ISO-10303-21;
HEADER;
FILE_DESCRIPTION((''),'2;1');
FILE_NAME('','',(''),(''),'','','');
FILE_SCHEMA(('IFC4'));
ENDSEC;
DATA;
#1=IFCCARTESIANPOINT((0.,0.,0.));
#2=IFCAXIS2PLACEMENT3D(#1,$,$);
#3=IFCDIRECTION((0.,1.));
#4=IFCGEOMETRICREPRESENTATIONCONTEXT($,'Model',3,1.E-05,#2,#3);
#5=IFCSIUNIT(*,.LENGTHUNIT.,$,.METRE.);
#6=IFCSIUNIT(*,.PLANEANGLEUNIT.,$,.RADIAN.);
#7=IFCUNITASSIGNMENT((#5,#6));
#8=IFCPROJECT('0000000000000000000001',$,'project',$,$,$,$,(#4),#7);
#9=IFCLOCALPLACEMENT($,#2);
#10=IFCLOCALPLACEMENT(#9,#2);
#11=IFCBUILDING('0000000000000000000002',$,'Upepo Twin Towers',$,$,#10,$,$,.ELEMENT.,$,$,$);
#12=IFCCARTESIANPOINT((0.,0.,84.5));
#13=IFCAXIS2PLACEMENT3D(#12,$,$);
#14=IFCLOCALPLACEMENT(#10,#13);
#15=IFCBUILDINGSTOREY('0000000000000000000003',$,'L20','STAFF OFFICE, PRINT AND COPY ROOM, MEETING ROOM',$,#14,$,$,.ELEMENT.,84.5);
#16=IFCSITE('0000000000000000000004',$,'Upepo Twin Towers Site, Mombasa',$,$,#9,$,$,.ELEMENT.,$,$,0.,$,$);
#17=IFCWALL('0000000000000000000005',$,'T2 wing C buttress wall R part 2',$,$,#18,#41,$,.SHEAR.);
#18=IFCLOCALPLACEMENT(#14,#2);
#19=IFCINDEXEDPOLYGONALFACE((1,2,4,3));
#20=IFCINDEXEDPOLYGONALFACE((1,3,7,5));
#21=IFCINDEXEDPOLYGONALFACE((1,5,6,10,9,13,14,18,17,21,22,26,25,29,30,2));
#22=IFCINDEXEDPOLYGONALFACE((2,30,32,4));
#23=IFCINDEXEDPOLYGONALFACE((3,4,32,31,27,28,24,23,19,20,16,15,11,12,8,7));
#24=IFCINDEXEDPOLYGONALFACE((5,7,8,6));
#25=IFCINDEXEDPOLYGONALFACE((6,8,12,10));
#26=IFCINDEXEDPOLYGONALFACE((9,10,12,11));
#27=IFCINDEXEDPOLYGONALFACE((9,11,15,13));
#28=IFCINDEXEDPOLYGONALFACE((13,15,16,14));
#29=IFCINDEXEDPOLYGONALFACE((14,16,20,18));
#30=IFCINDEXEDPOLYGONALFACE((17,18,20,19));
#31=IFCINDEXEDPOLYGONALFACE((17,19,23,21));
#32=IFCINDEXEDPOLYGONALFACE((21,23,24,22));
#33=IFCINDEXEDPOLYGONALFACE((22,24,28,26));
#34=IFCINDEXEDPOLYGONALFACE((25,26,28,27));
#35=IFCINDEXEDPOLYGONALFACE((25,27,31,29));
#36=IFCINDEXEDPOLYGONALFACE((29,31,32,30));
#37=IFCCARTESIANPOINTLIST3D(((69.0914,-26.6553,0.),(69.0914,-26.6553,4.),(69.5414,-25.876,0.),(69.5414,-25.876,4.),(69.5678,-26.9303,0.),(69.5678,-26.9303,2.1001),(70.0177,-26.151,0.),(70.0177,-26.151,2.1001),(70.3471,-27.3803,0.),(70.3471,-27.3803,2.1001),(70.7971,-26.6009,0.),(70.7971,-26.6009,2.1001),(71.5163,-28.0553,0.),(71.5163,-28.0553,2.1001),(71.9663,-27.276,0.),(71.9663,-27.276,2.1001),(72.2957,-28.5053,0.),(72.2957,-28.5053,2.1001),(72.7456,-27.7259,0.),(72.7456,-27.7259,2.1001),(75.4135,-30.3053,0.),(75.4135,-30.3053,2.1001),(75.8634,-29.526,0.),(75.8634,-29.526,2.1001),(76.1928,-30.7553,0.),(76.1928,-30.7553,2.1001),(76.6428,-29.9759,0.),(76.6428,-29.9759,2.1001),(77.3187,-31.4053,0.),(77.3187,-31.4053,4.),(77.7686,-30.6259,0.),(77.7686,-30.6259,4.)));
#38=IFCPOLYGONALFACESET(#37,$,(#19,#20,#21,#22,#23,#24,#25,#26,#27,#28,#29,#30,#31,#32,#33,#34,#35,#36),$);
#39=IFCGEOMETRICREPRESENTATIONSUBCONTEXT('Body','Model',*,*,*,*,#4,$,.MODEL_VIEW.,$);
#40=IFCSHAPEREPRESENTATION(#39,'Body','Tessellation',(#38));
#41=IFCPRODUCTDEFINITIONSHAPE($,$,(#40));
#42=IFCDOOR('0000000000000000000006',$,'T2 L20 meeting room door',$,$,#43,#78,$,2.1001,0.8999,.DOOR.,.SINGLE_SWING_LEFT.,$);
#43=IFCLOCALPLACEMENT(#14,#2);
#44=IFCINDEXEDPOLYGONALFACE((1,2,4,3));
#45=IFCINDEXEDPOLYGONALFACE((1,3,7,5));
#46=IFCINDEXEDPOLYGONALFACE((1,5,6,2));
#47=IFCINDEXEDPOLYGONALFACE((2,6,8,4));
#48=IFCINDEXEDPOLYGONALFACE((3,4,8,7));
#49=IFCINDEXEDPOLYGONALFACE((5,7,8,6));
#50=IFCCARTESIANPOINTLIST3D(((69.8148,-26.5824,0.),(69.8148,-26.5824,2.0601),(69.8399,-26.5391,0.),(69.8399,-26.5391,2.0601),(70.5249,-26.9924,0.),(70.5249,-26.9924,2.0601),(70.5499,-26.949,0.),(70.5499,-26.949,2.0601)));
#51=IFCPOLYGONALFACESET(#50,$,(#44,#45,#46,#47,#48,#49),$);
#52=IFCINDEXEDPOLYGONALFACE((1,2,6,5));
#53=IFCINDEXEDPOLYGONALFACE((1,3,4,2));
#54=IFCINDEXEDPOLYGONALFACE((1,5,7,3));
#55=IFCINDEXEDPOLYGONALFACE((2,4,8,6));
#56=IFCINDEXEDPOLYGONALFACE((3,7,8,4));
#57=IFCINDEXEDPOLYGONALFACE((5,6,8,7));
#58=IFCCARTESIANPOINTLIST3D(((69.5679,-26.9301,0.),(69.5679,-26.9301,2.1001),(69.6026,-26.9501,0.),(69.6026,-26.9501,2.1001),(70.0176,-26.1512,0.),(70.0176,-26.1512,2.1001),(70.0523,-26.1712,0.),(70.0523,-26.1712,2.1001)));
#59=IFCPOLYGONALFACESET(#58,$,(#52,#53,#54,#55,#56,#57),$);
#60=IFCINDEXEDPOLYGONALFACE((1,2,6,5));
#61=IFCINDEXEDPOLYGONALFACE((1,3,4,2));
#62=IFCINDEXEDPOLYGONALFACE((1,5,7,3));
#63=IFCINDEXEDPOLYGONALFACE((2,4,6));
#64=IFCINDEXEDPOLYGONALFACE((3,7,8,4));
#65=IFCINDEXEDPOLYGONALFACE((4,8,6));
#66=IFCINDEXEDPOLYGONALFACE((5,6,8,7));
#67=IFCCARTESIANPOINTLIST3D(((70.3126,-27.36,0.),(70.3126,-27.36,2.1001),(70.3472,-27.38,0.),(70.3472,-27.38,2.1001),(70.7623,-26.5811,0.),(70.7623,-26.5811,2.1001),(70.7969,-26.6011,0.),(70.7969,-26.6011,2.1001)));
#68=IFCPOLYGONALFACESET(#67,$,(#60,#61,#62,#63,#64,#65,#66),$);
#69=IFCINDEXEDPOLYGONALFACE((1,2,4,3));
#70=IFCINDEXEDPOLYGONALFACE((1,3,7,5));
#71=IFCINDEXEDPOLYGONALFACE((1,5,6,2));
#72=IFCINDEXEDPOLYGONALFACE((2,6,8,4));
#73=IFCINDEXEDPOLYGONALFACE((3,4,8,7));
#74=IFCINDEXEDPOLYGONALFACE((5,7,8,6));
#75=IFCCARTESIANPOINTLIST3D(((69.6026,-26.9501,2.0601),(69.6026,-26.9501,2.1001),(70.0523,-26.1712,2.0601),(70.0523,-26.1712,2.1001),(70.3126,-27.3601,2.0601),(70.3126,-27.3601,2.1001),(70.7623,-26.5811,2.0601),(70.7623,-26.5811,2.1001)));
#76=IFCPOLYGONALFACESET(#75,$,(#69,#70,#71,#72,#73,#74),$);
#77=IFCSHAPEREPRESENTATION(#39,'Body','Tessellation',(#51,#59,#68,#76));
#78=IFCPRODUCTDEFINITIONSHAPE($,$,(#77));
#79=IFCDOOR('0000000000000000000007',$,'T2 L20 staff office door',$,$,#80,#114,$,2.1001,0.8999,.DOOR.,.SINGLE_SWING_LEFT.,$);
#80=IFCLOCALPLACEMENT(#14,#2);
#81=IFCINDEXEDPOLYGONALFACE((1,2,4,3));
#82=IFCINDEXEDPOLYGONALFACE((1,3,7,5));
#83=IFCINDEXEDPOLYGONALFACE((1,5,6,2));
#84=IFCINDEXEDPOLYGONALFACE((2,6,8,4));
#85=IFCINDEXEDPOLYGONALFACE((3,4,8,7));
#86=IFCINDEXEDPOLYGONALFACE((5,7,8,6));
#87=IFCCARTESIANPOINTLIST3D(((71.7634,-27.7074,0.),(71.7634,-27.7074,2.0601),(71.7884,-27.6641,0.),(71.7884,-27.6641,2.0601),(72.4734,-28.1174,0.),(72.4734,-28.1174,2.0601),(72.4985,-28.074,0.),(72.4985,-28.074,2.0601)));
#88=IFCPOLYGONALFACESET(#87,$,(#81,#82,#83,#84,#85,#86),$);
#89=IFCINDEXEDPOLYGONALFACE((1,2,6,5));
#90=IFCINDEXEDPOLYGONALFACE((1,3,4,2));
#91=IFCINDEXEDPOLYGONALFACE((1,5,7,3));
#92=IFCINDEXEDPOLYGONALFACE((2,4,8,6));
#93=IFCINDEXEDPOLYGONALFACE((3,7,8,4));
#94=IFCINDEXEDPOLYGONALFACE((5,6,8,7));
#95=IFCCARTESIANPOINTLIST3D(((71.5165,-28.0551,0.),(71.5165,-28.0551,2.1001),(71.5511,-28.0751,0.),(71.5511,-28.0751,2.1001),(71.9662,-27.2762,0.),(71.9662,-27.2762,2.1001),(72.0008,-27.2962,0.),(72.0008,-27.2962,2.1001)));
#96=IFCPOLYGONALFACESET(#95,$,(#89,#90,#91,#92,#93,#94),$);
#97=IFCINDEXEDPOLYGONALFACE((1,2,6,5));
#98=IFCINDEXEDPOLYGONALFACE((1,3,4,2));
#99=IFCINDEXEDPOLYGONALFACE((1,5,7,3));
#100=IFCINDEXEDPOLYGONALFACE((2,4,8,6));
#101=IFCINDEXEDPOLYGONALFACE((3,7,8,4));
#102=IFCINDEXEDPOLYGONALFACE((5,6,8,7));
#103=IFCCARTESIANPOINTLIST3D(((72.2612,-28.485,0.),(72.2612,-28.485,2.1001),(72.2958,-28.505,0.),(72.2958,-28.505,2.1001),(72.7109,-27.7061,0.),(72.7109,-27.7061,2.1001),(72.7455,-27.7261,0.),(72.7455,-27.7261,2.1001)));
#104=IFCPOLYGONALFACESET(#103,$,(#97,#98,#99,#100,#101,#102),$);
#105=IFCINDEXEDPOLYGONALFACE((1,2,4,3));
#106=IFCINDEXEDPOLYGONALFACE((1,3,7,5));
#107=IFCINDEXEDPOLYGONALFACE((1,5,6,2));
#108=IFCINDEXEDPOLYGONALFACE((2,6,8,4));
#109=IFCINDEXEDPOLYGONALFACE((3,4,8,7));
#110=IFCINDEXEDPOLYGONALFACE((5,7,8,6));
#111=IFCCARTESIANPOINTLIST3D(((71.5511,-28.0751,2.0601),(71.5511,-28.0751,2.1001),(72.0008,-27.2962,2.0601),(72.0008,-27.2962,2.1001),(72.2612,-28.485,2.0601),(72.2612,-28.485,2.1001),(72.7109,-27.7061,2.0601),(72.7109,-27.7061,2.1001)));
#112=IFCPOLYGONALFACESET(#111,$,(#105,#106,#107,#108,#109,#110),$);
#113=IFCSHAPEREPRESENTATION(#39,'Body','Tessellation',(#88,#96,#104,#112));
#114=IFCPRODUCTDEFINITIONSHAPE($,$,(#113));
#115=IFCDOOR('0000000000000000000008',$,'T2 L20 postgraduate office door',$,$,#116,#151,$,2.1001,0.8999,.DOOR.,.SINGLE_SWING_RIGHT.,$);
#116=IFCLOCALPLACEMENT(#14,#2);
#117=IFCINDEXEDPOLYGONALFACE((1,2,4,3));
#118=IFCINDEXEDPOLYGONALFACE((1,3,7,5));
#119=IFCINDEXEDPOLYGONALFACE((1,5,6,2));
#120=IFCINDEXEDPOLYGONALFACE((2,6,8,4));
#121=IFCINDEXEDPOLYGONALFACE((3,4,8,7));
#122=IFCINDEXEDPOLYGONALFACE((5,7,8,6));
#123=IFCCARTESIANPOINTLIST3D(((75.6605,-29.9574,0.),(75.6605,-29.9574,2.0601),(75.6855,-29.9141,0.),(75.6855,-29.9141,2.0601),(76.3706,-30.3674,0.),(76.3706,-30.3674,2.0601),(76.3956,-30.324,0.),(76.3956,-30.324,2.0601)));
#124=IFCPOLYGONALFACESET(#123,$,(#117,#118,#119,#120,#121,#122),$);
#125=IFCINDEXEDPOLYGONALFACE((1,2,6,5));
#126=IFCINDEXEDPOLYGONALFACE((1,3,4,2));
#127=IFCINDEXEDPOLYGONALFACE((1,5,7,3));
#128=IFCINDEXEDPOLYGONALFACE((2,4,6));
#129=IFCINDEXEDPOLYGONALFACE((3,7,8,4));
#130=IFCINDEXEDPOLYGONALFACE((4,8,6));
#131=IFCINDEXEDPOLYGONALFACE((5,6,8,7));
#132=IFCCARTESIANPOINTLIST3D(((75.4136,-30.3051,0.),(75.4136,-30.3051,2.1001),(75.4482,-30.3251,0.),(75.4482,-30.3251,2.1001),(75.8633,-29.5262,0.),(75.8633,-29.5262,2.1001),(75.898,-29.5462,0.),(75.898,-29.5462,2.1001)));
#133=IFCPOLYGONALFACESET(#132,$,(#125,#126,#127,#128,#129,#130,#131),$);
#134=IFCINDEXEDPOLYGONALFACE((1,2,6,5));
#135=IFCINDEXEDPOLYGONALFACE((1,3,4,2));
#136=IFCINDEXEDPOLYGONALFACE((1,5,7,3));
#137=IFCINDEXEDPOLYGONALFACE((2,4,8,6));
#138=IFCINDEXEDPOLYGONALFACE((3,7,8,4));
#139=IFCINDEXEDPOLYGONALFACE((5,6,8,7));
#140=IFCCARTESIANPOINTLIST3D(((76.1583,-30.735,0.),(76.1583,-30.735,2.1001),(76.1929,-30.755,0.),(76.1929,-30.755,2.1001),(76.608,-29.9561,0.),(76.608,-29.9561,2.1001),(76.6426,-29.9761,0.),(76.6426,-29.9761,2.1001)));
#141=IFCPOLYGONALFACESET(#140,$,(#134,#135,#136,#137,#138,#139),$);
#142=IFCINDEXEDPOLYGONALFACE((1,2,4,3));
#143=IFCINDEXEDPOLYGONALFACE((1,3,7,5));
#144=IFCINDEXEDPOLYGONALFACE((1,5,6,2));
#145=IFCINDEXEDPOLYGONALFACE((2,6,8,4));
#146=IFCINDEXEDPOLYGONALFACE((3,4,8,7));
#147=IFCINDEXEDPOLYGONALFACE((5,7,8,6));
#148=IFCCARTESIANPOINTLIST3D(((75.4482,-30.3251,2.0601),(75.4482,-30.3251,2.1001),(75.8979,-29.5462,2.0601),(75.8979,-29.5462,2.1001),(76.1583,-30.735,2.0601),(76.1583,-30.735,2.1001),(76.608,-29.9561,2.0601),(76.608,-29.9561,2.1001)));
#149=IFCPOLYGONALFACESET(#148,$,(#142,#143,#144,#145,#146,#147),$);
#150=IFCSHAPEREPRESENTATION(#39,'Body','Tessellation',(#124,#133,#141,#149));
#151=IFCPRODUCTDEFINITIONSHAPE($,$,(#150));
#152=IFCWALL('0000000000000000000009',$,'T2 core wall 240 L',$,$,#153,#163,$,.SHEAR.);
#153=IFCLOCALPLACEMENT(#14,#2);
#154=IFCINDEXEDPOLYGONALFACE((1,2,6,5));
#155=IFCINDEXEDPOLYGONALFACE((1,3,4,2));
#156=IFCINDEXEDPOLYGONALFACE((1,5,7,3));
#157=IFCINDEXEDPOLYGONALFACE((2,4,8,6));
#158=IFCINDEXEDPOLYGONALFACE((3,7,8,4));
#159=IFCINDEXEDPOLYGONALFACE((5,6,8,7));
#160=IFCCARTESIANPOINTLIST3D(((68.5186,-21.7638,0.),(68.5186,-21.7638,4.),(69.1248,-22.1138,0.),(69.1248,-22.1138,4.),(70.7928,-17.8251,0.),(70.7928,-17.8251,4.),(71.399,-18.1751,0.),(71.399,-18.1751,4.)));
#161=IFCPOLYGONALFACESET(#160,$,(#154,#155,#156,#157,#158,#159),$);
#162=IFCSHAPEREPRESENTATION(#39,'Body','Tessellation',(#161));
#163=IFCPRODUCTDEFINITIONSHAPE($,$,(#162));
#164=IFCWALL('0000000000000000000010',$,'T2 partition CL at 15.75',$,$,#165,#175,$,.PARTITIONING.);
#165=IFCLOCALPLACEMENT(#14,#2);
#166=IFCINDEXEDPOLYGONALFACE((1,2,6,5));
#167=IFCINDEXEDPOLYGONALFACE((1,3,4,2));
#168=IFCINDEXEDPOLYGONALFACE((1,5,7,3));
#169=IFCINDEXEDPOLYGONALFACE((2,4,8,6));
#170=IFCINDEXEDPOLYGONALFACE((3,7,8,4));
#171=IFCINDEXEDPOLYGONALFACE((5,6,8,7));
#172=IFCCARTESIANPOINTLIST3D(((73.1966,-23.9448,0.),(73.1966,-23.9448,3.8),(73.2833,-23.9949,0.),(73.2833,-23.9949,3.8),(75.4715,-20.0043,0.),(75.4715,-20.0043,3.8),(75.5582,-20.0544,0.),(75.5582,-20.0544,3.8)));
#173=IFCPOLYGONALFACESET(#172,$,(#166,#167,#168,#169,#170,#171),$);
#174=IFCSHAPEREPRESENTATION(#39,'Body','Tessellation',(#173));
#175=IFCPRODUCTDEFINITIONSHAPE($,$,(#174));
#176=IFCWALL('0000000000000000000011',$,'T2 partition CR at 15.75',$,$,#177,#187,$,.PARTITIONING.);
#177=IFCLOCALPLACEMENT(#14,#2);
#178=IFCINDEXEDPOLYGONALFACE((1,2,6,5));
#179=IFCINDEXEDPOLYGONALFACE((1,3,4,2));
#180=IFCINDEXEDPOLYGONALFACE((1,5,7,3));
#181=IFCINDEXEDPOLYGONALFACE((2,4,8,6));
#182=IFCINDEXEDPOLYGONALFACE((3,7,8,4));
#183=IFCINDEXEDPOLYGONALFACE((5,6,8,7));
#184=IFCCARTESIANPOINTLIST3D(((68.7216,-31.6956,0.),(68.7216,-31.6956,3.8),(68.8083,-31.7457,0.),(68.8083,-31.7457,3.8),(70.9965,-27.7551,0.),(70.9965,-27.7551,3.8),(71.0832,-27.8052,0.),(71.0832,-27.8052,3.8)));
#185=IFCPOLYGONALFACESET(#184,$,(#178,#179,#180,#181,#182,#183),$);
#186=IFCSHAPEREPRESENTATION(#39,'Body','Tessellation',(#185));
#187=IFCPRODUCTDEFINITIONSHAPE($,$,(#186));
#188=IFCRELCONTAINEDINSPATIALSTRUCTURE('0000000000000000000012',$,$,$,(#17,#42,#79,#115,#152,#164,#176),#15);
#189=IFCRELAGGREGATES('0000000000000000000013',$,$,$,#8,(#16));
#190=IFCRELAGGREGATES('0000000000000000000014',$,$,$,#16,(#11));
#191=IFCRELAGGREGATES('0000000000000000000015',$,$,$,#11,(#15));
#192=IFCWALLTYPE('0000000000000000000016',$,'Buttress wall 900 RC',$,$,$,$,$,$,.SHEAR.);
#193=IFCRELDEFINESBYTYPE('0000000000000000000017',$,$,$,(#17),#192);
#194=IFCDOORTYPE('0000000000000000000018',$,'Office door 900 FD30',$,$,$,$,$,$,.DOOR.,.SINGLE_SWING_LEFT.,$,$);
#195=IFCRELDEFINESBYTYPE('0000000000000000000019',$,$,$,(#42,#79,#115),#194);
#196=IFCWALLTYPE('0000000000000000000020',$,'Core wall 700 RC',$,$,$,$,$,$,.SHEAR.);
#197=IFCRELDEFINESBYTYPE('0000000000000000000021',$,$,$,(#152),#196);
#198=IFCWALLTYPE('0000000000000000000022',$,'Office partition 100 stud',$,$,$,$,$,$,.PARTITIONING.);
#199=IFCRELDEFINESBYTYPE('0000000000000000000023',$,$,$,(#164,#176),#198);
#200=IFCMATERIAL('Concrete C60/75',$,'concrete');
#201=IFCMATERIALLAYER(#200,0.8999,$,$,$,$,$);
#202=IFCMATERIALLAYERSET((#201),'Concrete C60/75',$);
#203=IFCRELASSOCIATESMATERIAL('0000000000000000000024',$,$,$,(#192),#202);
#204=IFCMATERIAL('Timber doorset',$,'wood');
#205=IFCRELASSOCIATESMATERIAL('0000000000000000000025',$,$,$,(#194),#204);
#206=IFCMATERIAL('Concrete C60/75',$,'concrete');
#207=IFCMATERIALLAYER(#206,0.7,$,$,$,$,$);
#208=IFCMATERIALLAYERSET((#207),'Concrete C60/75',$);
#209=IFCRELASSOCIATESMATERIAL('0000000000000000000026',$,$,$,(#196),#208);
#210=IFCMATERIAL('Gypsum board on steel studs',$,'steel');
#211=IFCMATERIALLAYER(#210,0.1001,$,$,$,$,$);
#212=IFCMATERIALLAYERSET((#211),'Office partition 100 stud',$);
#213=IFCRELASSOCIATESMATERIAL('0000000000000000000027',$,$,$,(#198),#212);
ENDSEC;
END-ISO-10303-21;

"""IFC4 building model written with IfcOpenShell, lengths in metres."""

from ifc_helpers import new_model, si_unit, direction, frame, frame_2d, origin, place, context, subcontext, project, spatial, rectangle, extrude, material, layer, layer_set, type_object, element, fill, save


model = new_model("IFC4")

# Units and contexts
model_context = context("Model", 3, precision=1e-05, world=origin(), true_north=direction((0.0, 1.0)))
body_context = subcontext(model_context, "Body", "Model", "MODEL_VIEW")
ifc_project = project(units=[si_unit("LENGTHUNIT", "METRE"), si_unit("PLANEANGLEUNIT", "RADIAN")], contexts=[model_context])

# Site, building, storey
site_placement = place(None, origin())
site = spatial("IfcSite", under=ifc_project, at=site_placement, Name="Upepo Twin Towers Site, Mombasa", CompositionType="ELEMENT", RefElevation=0.0)
building_placement = place(site_placement, origin())
building = spatial("IfcBuilding", under=site, at=building_placement, Name="Upepo Twin Towers", CompositionType="ELEMENT")
storey_placement = place(building_placement, frame((0.0, 0.0, 84.5)))
storey = spatial("IfcBuildingStorey", under=building, at=storey_placement, Name="L20", Description="STAFF OFFICE, PRINT AND COPY ROOM, MEETING ROOM", CompositionType="ELEMENT", Elevation=84.5)

# Wall, openings, doors
ifc_material_1 = material(Name="Concrete C60/75", Category="concrete")
ifc_layer_1 = layer(ifc_material_1, 0.8999)
ifc_layer_set_1 = layer_set([ifc_layer_1], Name="Concrete C60/75")
wall_type_1 = type_object("IfcWallType", Name="Buttress wall 900 RC", PredefinedType="SHEAR", material=ifc_layer_set_1)
ifc_material_2 = material(Name="Timber doorset", Category="wood")
door_type = type_object("IfcDoorType", Name="Office door 900 FD30", OperationType="SINGLE_SWING_LEFT", PredefinedType="DOOR", material=ifc_material_2)
wall_1_placement = place(storey_placement, frame((69.3164, -26.2656, 0.0), z_axis=(0.0, 0.0, 1.0), x_axis=(0.866027, -0.499998, 0.0)))
wall_1 = element("IfcWall", 1, at=wall_1_placement, inside=storey, type_object=wall_type_1, Name="T2 wing C buttress wall R part 2", PredefinedType="SHEAR", context=body_context, shape_type="SweptSolid", body=[
    extrude(rectangle(XDim=9.5, YDim=0.8999, at=frame_2d((4.75, 0.0))), origin(), (0.0, 0.0, 1.0), 4.0),
])
opening_1_placement = place(wall_1_placement, frame((0.55, 0.0, 0.0)))
opening_1 = element("IfcOpeningElement", 2, at=opening_1_placement, cuts=wall_1, PredefinedType="OPENING", context=body_context, shape_type="SweptSolid", body=[
    extrude(rectangle(XDim=0.8999, YDim=2.1001, at=frame_2d((0.45, 1.05))), frame((0.0, 0.46, 0.0), z_axis=(0.0, -1.0, 0.0), x_axis=(1.0, 0.0, 0.0)), (0.0, 0.0, 1.0), 0.9199),
])
opening_2_placement = place(wall_1_placement, frame((2.8, 0.0, 0.0)))
opening_2 = element("IfcOpeningElement", 3, at=opening_2_placement, cuts=wall_1, PredefinedType="OPENING", context=body_context, shape_type="SweptSolid", body=[
    extrude(rectangle(XDim=0.8999, YDim=2.1001, at=frame_2d((0.45, 1.05))), frame((0.0, 0.46, 0.0), z_axis=(0.0, -1.0, 0.0), x_axis=(1.0, 0.0, 0.0)), (0.0, 0.0, 1.0), 0.9199),
])
opening_3_placement = place(wall_1_placement, frame((7.3, 0.0, 0.0)))
opening_3 = element("IfcOpeningElement", 4, at=opening_3_placement, cuts=wall_1, PredefinedType="OPENING", context=body_context, shape_type="SweptSolid", body=[
    extrude(rectangle(XDim=0.8999, YDim=2.1001, at=frame_2d((0.45, 1.05))), frame((0.0, 0.46, 0.0), z_axis=(0.0, -1.0, 0.0), x_axis=(1.0, 0.0, 0.0)), (0.0, 0.0, 1.0), 0.9199),
])
door_1_placement = place(opening_1_placement, origin())
door_1 = element("IfcDoor", 5, at=door_1_placement, inside=storey, type_object=door_type, Name="T2 L20 meeting room door", OperationType="SINGLE_SWING_LEFT", OverallHeight=2.1001, OverallWidth=0.8999, PredefinedType="DOOR", context=body_context, shape_type="SweptSolid", body=[
    extrude(rectangle(XDim=0.8199, YDim=2.0601, at=frame_2d((0.45, 1.03))), frame((0.0, 0.0249, 0.0), z_axis=(0.0, -1.0, 0.0), x_axis=(1.0, 0.0, 0.0)), (0.0, 0.0, 1.0), 0.05),
    extrude(rectangle(XDim=0.04, YDim=2.1001, at=frame_2d((0.02, 1.05))), frame((0.0, 0.4497, 0.0), z_axis=(0.0, -1.0, 0.0), x_axis=(1.0, 0.0, 0.0)), (0.0, 0.0, 1.0), 0.8994),
    extrude(rectangle(XDim=0.04, YDim=2.1001, at=frame_2d((0.8799, 1.05))), frame((0.0, 0.4497, 0.0), z_axis=(0.0, -1.0, 0.0), x_axis=(1.0, 0.0, 0.0)), (0.0, 0.0, 1.0), 0.8994),
    extrude(rectangle(XDim=0.8199, YDim=0.04, at=frame_2d((0.45, 2.0801))), frame((0.0, 0.4497, 0.0), z_axis=(0.0, -1.0, 0.0), x_axis=(1.0, 0.0, 0.0)), (0.0, 0.0, 1.0), 0.8994),
])
fill(opening_1, door_1)
door_2_placement = place(opening_2_placement, origin())
door_2 = element("IfcDoor", 6, at=door_2_placement, inside=storey, type_object=door_type, Name="T2 L20 staff office door", OperationType="SINGLE_SWING_LEFT", OverallHeight=2.1001, OverallWidth=0.8999, PredefinedType="DOOR", context=body_context, shape_type="SweptSolid", body=[
    extrude(rectangle(XDim=0.8199, YDim=2.0601, at=frame_2d((0.45, 1.03))), frame((0.0, 0.0249, 0.0), z_axis=(0.0, -1.0, 0.0), x_axis=(1.0, 0.0, 0.0)), (0.0, 0.0, 1.0), 0.05),
    extrude(rectangle(XDim=0.04, YDim=2.1001, at=frame_2d((0.02, 1.05))), frame((0.0, 0.4497, 0.0), z_axis=(0.0, -1.0, 0.0), x_axis=(1.0, 0.0, 0.0)), (0.0, 0.0, 1.0), 0.8994),
    extrude(rectangle(XDim=0.04, YDim=2.1001, at=frame_2d((0.8799, 1.05))), frame((0.0, 0.4497, 0.0), z_axis=(0.0, -1.0, 0.0), x_axis=(1.0, 0.0, 0.0)), (0.0, 0.0, 1.0), 0.8994),
    extrude(rectangle(XDim=0.8199, YDim=0.04, at=frame_2d((0.45, 2.0801))), frame((0.0, 0.4497, 0.0), z_axis=(0.0, -1.0, 0.0), x_axis=(1.0, 0.0, 0.0)), (0.0, 0.0, 1.0), 0.8994),
])
fill(opening_2, door_2)
door_3_placement = place(opening_3_placement, origin())
door_3 = element("IfcDoor", 7, at=door_3_placement, inside=storey, type_object=door_type, Name="T2 L20 postgraduate office door", OperationType="SINGLE_SWING_RIGHT", OverallHeight=2.1001, OverallWidth=0.8999, PredefinedType="DOOR", context=body_context, shape_type="SweptSolid", body=[
    extrude(rectangle(XDim=0.8199, YDim=2.0601, at=frame_2d((0.45, 1.03))), frame((0.0, 0.0249, 0.0), z_axis=(0.0, -1.0, 0.0), x_axis=(1.0, 0.0, 0.0)), (0.0, 0.0, 1.0), 0.05),
    extrude(rectangle(XDim=0.04, YDim=2.1001, at=frame_2d((0.02, 1.05))), frame((0.0, 0.4497, 0.0), z_axis=(0.0, -1.0, 0.0), x_axis=(1.0, 0.0, 0.0)), (0.0, 0.0, 1.0), 0.8994),
    extrude(rectangle(XDim=0.04, YDim=2.1001, at=frame_2d((0.8799, 1.05))), frame((0.0, 0.4497, 0.0), z_axis=(0.0, -1.0, 0.0), x_axis=(1.0, 0.0, 0.0)), (0.0, 0.0, 1.0), 0.8994),
    extrude(rectangle(XDim=0.8199, YDim=0.04, at=frame_2d((0.45, 2.0801))), frame((0.0, 0.4497, 0.0), z_axis=(0.0, -1.0, 0.0), x_axis=(1.0, 0.0, 0.0)), (0.0, 0.0, 1.0), 0.8994),
])
fill(opening_3, door_3)

# Walls
ifc_material_3 = material(Name="Concrete C60/75", Category="concrete")
ifc_layer_2 = layer(ifc_material_3, 0.7)
ifc_layer_set_2 = layer_set([ifc_layer_2], Name="Concrete C60/75")
wall_type_2 = type_object("IfcWallType", Name="Core wall 700 RC", PredefinedType="SHEAR", material=ifc_layer_set_2)
wall_2_placement = place(storey_placement, frame((68.8218, -21.9387, 0.0), z_axis=(0.0, 0.0, 1.0), x_axis=(0.500024, 0.866011, 0.0)))
element("IfcWall", 8, at=wall_2_placement, inside=storey, type_object=wall_type_2, Name="T2 core wall 240 L", PredefinedType="SHEAR", context=body_context, shape_type="SweptSolid", body=[
    extrude(rectangle(XDim=4.5481, YDim=0.7, at=frame_2d((2.2739, 0.0))), origin(), (0.0, 0.0, 1.0), 4.0),
])
ifc_material_4 = material(Name="Gypsum board on steel studs", Category="steel")
ifc_layer_3 = layer(ifc_material_4, 0.1001)
ifc_layer_set_3 = layer_set([ifc_layer_3], Name="Office partition 100 stud")
wall_type_3 = type_object("IfcWallType", Name="Office partition 100 stud", PredefinedType="PARTITIONING", material=ifc_layer_set_3)
for number, where, z_axis, x_axis, name in (
    (9, (73.24, -23.9697, 0.0), (0.0, 0.0, 1.0), (0.499983, 0.866035, 0.0), "T2 partition CL at 15.75"),
    (10, (71.0398, -27.7803, 0.0), (0.0, 0.0, 1.0), (-0.499983, -0.866035, 0.0), "T2 partition CR at 15.75"),
):
    element("IfcWall", number, at=place(storey_placement, frame(where, z_axis=z_axis, x_axis=x_axis)), inside=storey, type_object=wall_type_3, Name=name, PredefinedType="PARTITIONING", context=body_context, shape_type="SweptSolid", body=[
        extrude(rectangle(XDim=4.55, YDim=0.1001, at=frame_2d((2.2749, 0.0))), origin(), (0.0, 0.0, 1.0), 3.8),
    ])

save(model, "model.ifc")
